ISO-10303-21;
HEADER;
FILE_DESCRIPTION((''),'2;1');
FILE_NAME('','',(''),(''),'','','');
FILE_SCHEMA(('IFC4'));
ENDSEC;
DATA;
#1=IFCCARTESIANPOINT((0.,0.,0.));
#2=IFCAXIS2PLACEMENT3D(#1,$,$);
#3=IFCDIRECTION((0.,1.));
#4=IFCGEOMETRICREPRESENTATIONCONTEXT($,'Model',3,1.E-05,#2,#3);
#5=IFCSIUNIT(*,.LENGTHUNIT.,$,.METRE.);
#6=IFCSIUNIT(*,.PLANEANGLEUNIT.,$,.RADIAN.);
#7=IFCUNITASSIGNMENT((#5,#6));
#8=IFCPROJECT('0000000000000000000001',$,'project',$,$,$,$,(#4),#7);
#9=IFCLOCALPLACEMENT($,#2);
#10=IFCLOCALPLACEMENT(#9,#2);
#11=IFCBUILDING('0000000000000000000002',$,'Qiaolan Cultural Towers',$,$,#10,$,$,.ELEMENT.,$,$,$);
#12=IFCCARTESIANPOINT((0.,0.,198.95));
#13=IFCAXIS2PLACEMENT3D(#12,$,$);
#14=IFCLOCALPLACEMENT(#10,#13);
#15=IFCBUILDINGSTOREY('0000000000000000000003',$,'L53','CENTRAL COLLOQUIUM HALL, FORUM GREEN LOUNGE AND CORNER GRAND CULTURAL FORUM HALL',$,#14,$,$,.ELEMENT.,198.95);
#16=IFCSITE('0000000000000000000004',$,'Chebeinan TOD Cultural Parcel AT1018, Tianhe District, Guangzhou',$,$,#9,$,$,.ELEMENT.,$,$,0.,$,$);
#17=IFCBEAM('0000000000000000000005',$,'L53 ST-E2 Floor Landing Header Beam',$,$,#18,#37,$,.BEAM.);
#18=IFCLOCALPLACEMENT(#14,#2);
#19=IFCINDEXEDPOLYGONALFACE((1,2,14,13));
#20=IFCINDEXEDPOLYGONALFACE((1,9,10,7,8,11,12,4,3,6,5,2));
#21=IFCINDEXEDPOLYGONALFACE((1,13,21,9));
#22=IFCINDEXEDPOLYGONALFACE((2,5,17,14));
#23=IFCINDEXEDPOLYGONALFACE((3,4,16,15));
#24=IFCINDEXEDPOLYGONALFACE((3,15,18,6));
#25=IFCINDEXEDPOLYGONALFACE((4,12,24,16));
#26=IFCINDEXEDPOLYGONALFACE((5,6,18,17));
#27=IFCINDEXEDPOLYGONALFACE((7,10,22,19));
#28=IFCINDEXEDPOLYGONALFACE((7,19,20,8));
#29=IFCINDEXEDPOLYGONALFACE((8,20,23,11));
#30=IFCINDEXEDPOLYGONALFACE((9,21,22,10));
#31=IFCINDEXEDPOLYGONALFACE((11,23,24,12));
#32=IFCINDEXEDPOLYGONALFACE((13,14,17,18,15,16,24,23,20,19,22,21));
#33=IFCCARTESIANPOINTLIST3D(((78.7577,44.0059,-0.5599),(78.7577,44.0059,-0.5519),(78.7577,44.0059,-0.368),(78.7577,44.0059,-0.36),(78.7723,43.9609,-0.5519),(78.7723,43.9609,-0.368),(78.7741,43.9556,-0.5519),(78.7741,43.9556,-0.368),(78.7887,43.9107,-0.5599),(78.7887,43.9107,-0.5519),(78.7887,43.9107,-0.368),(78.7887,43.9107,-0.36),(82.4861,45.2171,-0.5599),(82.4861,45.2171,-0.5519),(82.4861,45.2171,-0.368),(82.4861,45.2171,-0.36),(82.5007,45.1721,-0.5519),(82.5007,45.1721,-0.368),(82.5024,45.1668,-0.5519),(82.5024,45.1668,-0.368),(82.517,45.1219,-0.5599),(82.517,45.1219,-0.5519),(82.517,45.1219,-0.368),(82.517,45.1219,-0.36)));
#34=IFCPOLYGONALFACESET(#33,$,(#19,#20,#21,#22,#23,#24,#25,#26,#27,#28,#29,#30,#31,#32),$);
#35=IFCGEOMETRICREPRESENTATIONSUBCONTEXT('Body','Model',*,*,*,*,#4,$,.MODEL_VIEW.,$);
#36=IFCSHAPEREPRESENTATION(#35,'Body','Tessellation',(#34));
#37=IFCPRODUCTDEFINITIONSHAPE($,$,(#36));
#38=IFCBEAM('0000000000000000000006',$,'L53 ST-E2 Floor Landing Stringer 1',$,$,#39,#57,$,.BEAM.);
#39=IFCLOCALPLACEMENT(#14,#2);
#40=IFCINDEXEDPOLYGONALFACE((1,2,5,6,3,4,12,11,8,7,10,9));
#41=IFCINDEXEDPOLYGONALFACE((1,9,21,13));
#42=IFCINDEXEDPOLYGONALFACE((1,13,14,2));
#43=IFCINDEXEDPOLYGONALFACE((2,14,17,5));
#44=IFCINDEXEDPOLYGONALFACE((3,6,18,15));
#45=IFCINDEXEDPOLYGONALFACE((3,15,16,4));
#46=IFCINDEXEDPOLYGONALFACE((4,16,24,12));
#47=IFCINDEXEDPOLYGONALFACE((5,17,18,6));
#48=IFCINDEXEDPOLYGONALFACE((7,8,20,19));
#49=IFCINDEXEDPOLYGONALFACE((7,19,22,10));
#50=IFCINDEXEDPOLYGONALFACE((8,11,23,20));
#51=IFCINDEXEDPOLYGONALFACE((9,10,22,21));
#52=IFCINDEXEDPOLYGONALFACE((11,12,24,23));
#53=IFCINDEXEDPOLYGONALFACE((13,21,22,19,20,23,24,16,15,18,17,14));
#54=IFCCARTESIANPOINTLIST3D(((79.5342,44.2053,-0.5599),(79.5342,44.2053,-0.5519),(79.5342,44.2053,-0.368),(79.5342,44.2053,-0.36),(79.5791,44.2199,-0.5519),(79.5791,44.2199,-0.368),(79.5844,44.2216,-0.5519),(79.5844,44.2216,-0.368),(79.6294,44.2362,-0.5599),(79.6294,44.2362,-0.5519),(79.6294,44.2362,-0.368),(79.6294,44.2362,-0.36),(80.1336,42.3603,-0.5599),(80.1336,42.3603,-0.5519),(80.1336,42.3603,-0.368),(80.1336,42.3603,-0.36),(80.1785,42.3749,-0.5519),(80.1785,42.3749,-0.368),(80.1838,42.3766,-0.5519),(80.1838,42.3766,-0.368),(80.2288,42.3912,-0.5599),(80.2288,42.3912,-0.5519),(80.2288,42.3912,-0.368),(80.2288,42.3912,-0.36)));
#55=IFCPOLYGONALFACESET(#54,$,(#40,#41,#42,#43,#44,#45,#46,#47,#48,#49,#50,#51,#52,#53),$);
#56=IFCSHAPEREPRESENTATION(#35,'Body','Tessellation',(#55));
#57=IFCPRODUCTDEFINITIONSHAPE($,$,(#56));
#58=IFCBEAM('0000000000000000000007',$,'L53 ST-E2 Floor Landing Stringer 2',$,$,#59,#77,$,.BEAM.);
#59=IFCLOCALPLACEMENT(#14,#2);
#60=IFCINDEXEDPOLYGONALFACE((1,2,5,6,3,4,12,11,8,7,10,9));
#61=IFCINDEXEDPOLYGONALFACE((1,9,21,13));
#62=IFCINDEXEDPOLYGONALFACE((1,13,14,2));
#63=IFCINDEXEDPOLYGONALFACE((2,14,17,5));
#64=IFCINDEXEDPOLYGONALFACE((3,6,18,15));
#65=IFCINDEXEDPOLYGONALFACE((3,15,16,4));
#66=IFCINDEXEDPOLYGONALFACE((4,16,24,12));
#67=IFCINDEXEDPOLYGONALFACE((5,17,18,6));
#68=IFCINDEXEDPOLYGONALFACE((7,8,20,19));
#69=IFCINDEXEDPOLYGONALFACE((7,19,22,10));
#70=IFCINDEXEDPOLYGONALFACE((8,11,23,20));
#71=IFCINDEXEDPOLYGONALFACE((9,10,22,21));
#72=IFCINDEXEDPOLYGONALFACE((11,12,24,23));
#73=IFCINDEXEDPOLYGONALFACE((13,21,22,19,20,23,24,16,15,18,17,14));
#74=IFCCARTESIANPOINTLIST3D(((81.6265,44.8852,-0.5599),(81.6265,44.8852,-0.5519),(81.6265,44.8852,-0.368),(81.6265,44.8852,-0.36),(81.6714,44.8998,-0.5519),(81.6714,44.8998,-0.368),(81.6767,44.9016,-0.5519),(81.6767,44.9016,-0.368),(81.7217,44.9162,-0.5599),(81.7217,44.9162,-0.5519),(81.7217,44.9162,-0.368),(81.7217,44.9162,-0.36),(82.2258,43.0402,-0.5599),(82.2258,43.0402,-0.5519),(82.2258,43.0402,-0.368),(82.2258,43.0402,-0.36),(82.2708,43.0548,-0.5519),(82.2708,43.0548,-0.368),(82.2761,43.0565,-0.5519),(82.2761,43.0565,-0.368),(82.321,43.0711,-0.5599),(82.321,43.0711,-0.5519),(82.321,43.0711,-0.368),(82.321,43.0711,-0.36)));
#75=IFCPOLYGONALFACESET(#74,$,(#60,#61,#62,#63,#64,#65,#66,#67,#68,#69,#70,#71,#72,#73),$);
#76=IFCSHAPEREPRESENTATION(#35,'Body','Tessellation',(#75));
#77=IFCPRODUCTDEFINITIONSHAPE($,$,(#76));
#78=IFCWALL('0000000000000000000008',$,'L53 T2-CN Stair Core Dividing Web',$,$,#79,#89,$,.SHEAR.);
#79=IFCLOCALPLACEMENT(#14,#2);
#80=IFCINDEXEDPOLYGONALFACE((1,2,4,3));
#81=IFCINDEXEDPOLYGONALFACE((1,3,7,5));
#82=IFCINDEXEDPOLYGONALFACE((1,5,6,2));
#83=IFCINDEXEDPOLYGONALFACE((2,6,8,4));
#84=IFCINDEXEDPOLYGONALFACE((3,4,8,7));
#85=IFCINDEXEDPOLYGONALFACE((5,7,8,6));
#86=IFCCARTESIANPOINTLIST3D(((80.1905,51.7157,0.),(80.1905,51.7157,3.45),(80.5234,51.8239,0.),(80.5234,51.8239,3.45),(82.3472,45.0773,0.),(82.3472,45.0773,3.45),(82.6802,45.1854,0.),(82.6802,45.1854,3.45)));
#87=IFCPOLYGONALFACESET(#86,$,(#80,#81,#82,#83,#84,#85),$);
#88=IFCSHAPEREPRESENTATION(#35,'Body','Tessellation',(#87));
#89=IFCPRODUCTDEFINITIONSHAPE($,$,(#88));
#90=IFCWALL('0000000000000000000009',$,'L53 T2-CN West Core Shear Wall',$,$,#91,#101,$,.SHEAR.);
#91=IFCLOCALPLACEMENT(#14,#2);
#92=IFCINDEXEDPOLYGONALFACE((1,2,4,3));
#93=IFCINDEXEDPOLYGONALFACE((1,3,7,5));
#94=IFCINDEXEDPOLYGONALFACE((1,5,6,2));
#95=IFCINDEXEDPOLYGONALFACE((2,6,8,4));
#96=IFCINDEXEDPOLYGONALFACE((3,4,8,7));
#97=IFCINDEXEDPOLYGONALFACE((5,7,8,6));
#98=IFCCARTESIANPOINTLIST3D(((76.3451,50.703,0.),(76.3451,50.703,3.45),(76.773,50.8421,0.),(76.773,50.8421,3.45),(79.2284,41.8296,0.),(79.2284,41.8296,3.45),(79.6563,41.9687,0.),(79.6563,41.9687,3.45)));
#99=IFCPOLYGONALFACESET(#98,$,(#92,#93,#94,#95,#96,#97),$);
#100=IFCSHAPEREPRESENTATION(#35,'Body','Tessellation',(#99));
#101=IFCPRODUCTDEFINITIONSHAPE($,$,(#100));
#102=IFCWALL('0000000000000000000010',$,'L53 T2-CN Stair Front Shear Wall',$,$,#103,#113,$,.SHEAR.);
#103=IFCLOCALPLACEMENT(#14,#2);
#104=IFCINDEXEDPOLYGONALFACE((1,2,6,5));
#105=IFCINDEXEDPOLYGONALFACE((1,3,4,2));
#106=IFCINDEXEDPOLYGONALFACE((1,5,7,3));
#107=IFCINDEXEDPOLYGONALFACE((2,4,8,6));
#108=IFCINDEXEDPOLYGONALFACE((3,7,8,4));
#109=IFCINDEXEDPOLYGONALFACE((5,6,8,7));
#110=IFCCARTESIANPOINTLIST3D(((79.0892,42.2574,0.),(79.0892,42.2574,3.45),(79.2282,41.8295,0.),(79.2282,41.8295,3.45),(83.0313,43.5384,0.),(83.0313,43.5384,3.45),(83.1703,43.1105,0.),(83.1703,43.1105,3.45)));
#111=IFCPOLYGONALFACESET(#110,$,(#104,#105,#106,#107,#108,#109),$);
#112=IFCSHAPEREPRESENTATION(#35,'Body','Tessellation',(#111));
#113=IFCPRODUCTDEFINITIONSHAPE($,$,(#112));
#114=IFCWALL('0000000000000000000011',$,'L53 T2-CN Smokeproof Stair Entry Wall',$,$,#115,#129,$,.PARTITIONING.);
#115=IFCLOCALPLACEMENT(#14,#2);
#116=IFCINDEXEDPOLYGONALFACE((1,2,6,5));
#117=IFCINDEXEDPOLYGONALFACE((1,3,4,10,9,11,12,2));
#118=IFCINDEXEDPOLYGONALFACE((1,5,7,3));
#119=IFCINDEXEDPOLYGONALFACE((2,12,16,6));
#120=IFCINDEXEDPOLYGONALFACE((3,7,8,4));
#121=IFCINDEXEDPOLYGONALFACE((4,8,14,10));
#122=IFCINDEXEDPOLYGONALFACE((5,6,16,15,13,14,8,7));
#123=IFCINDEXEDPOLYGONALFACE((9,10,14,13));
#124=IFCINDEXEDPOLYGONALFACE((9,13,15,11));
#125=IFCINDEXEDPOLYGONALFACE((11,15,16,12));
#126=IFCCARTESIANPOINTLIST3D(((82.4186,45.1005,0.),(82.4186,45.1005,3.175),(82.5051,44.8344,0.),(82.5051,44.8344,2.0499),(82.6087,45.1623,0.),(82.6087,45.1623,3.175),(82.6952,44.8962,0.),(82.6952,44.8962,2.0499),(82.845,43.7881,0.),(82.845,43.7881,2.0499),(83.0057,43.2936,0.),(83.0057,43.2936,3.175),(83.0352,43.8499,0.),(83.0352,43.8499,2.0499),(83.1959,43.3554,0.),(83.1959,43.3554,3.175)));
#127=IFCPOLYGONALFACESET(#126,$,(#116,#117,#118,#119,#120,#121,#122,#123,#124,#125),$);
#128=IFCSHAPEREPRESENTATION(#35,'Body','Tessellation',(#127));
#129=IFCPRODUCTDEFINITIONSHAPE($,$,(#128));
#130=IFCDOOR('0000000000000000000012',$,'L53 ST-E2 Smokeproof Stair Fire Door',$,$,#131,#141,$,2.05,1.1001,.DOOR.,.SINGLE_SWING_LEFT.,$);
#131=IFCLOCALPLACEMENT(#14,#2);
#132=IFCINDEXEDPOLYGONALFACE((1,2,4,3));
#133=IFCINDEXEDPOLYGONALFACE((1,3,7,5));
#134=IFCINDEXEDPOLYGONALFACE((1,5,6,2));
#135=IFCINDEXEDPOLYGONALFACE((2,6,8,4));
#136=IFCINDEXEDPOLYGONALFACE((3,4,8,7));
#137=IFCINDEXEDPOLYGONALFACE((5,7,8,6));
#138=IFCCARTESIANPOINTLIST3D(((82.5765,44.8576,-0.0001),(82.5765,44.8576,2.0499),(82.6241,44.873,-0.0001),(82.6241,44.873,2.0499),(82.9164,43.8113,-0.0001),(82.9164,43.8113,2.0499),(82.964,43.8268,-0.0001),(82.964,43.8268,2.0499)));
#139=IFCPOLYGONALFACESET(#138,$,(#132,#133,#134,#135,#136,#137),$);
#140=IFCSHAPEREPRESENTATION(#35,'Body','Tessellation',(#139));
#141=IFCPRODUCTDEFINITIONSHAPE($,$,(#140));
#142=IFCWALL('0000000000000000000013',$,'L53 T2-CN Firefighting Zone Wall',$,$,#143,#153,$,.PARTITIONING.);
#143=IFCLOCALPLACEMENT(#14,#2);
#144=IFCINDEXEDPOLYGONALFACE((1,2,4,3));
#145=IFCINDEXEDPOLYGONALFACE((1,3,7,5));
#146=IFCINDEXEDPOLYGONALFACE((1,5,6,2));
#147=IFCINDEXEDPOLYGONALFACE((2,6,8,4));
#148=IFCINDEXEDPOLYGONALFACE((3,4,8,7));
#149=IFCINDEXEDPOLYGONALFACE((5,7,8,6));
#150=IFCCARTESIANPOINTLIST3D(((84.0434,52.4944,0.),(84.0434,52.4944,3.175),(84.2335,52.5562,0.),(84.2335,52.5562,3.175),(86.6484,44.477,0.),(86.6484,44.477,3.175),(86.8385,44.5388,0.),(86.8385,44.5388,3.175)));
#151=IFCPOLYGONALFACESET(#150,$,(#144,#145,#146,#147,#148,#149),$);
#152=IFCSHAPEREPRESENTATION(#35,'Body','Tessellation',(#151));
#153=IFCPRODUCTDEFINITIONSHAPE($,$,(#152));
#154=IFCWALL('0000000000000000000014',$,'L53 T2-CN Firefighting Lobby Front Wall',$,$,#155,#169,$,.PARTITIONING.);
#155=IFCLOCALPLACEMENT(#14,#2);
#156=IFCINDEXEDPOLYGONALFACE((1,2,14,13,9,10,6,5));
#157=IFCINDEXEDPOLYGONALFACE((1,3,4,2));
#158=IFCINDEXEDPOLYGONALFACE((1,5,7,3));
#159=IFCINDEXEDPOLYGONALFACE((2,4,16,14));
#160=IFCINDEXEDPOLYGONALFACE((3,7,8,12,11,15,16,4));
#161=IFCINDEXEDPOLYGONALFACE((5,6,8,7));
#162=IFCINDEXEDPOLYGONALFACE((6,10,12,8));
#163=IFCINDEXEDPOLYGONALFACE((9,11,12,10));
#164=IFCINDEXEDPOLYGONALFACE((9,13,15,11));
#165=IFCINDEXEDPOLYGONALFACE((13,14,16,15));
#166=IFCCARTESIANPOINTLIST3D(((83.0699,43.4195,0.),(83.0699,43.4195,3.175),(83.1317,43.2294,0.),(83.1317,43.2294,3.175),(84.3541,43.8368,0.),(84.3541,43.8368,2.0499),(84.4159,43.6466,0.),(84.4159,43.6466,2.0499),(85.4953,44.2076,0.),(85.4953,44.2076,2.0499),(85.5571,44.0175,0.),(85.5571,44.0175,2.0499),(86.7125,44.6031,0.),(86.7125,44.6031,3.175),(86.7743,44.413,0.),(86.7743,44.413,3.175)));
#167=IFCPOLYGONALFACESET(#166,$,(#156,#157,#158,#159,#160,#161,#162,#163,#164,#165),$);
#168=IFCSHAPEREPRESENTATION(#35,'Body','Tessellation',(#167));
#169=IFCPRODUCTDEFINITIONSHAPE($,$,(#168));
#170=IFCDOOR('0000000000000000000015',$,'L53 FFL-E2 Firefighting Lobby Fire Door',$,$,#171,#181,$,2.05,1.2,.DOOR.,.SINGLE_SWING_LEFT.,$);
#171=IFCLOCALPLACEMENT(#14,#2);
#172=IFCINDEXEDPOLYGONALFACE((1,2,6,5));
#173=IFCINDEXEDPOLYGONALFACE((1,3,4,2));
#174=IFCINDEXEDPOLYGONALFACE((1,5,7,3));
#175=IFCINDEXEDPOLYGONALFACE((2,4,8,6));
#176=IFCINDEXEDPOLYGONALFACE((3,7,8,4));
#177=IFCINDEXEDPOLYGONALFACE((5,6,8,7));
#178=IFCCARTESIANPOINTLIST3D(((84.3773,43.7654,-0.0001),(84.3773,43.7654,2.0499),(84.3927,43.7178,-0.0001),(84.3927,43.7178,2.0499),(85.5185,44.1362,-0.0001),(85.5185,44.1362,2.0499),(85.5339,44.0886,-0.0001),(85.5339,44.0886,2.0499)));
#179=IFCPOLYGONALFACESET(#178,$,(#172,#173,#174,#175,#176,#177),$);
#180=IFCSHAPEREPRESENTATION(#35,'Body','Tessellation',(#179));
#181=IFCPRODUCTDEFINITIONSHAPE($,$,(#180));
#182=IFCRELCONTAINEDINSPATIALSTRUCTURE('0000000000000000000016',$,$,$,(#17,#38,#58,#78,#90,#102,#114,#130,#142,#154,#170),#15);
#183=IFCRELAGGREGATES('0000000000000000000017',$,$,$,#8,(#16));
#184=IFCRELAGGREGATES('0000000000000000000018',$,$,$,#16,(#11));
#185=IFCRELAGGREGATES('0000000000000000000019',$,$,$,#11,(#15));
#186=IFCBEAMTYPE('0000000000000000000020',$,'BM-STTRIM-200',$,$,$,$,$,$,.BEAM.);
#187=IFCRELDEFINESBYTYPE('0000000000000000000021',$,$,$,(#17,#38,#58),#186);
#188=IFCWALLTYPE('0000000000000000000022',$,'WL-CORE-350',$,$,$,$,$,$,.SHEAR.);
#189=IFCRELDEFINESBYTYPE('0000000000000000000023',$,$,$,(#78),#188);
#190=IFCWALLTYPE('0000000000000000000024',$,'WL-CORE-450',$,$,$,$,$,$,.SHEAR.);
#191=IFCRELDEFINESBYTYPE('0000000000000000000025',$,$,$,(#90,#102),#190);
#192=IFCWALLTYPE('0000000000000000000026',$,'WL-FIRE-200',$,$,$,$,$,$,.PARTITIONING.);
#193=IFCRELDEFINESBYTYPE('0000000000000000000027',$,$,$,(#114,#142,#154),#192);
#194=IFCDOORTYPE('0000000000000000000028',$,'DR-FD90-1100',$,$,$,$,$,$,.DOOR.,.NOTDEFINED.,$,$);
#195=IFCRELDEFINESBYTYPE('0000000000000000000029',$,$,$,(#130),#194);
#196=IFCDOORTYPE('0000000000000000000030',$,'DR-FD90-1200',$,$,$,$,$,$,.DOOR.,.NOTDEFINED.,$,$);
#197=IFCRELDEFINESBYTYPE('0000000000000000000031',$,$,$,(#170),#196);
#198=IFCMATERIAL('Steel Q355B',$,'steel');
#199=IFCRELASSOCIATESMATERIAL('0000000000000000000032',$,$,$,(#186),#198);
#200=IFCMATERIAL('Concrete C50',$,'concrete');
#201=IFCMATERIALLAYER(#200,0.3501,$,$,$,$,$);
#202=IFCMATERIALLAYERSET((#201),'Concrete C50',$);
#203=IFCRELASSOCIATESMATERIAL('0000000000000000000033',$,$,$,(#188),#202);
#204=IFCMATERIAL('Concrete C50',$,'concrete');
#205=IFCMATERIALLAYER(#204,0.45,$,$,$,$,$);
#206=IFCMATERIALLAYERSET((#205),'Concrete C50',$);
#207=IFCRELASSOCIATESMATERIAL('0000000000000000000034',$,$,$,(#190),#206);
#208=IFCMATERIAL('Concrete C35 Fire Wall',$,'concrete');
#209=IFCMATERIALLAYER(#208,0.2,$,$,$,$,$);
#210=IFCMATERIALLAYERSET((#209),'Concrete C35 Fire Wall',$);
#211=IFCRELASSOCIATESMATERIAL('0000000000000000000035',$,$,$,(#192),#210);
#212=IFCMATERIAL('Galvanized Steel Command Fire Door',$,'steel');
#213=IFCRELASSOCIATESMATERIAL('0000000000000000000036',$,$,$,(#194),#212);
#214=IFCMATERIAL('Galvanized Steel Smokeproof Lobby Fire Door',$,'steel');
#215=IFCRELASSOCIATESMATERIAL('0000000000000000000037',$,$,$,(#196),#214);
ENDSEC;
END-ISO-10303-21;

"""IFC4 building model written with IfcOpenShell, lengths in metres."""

from ifc_helpers import new_model, si_unit, direction, frame, frame_2d, origin, origin_2d, place, context, subcontext, project, spatial, rectangle, i_section, extrude, material, layer, layer_set, material_profile, profile_set, type_object, element, fill, save


model = new_model("IFC4")

# Units and contexts
model_context = context("Model", 3, precision=1e-05, world=origin(), true_north=direction((0.0, 1.0)))
body_context = subcontext(model_context, "Body", "Model", "MODEL_VIEW")
ifc_project = project(units=[si_unit("LENGTHUNIT", "METRE"), si_unit("PLANEANGLEUNIT", "RADIAN")], contexts=[model_context])

# Site, building, storey
site_placement = place(None, origin())
site = spatial("IfcSite", under=ifc_project, at=site_placement, Name="Chebeinan TOD Cultural Parcel AT1018, Tianhe District, Guangzhou", CompositionType="ELEMENT", RefElevation=0.0)
building_placement = place(site_placement, origin())
building = spatial("IfcBuilding", under=site, at=building_placement, Name="Qiaolan Cultural Towers", CompositionType="ELEMENT")
storey_placement = place(building_placement, frame((0.0, 0.0, 198.95)))
storey = spatial("IfcBuildingStorey", under=building, at=storey_placement, Name="L53", Description="CENTRAL COLLOQUIUM HALL, FORUM GREEN LOUNGE AND CORNER GRAND CULTURAL FORUM HALL", CompositionType="ELEMENT", Elevation=198.95)

# Beams
ifc_material_1 = material(Name="Steel Q355B", Category="steel")
ifc_material_profile_1 = material_profile(ifc_material_1, i_section(OverallWidth=0.1001, OverallDepth=0.2, WebThickness=0.0056, FlangeThickness=0.0081, at=origin_2d()), Name="HN200x100x5.5x8")
ifc_profile_set_1 = profile_set([ifc_material_profile_1], Name="Steel Q355B")
beam_type_1 = type_object("IfcBeamType", Name="BM-STTRIM-200", PredefinedType="BEAM", material=ifc_profile_set_1)
beam_1_placement = place(storey_placement, frame((78.7732, 43.9583, -0.46), z_axis=(0.951072, 0.308969, 0.0), x_axis=(-0.308969, 0.951072, 0.0)))
element("IfcBeam", 1, at=beam_1_placement, inside=storey, type_object=beam_type_1, Name="L53 ST-E2 Floor Landing Header Beam", PredefinedType="BEAM", context=body_context, shape_type="SweptSolid", body=[
    extrude(i_section(OverallWidth=0.1001, OverallDepth=0.2, WebThickness=0.0056, FlangeThickness=0.0081, at=origin_2d()), origin(), (0.0, 0.0, 1.0), 3.9202),
])
for number, where, z_axis, x_axis, name in (
    (2, (80.1812, 42.3757, -0.46), (-0.308969, 0.951072, 0.0), (-0.951072, -0.308969, 0.0), "L53 ST-E2 Floor Landing Stringer 1"),
    (3, (82.2734, 43.0557, -0.46), (-0.308969, 0.951072, 0.0), (-0.951072, -0.308969, 0.0), "L53 ST-E2 Floor Landing Stringer 2"),
):
    element("IfcBeam", number, at=place(storey_placement, frame(where, z_axis=z_axis, x_axis=x_axis)), inside=storey, type_object=beam_type_1, Name=name, PredefinedType="BEAM", context=body_context, shape_type="SweptSolid", body=[
        extrude(i_section(OverallWidth=0.1001, OverallDepth=0.2, WebThickness=0.0056, FlangeThickness=0.0081, at=origin_2d()), origin(), (0.0, 0.0, 1.0), 1.9399),
    ])

# Walls
ifc_material_2 = material(Name="Concrete C50", Category="concrete")
ifc_layer_1 = layer(ifc_material_2, 0.3501)
ifc_layer_set_1 = layer_set([ifc_layer_1], Name="Concrete C50")
wall_type_1 = type_object("IfcWallType", Name="WL-CORE-350", PredefinedType="SHEAR", material=ifc_layer_set_1)
wall_1_placement = place(storey_placement, frame((82.5137, 45.1313, 0.0), z_axis=(0.0, 0.0, 1.0), x_axis=(-0.308989, 0.951066, 0.0)))
element("IfcWall", 4, at=wall_1_placement, inside=storey, type_object=wall_type_1, Name="L53 T2-CN Stair Core Dividing Web", PredefinedType="SHEAR", context=body_context, shape_type="SweptSolid", body=[
    extrude(rectangle(XDim=6.98, YDim=0.3501, at=frame_2d((3.49, 0.0))), origin(), (0.0, 0.0, 1.0), 3.45),
])
ifc_material_3 = material(Name="Concrete C50", Category="concrete")
ifc_layer_2 = layer(ifc_material_3, 0.45)
ifc_layer_set_2 = layer_set([ifc_layer_2], Name="Concrete C50")
wall_type_2 = type_object("IfcWallType", Name="WL-CORE-450", PredefinedType="SHEAR", material=ifc_layer_set_2)
wall_2_placement = place(storey_placement, frame((79.4424, 41.8992, 0.0), z_axis=(0.0, 0.0, 1.0), x_axis=(-0.309036, 0.95105, 0.0)))
element("IfcWall", 5, at=wall_2_placement, inside=storey, type_object=wall_type_2, Name="L53 T2-CN West Core Shear Wall", PredefinedType="SHEAR", context=body_context, shape_type="SweptSolid", body=[
    extrude(rectangle(XDim=9.3301, YDim=0.45, at=frame_2d((4.665, 0.0))), origin(), (0.0, 0.0, 1.0), 3.45),
])
wall_3_placement = place(storey_placement, frame((79.1587, 42.0435, 0.0), z_axis=(0.0, 0.0, 1.0), x_axis=(0.951047, 0.309045, 0.0)))
element("IfcWall", 6, at=wall_3_placement, inside=storey, type_object=wall_type_2, Name="L53 T2-CN Stair Front Shear Wall", PredefinedType="SHEAR", context=body_context, shape_type="SweptSolid", body=[
    extrude(rectangle(XDim=4.145, YDim=0.45, at=frame_2d((2.0725, 0.0))), origin(), (0.0, 0.0, 1.0), 3.45),
])

# Wall, opening, door
ifc_material_4 = material(Name="Concrete C35 Fire Wall", Category="concrete")
ifc_layer_3 = layer(ifc_material_4, 0.2)
ifc_layer_set_3 = layer_set([ifc_layer_3], Name="Concrete C35 Fire Wall")
wall_type_3 = type_object("IfcWallType", Name="WL-FIRE-200", PredefinedType="PARTITIONING", material=ifc_layer_set_3)
wall_4_placement = place(storey_placement, frame((83.1008, 43.3245, 0.0), z_axis=(0.0, 0.0, 1.0), x_axis=(-0.309048, 0.951046, 0.0)))
wall_4 = element("IfcWall", 7, at=wall_4_placement, inside=storey, type_object=wall_type_3, Name="L53 T2-CN Smokeproof Stair Entry Wall", PredefinedType="PARTITIONING", context=body_context, shape_type="SweptSolid", body=[
    extrude(rectangle(XDim=1.8999, YDim=0.2, at=frame_2d((0.95, 0.0))), origin(), (0.0, 0.0, 1.0), 3.175),
])
opening_1_placement = place(wall_4_placement, frame((0.52, 0.0, 0.0)))
opening_1 = element("IfcOpeningElement", 8, at=opening_1_placement, cuts=wall_4, PredefinedType="OPENING", context=body_context, shape_type="SweptSolid", body=[
    extrude(rectangle(XDim=1.1001, YDim=2.05, at=frame_2d((0.55, 1.0249))), frame((0.0, 0.1099, 0.0), z_axis=(0.0, -1.0, 0.0), x_axis=(1.0, 0.0, 0.0)), (0.0, 0.0, 1.0), 0.22),
])
ifc_material_5 = material(Name="Galvanized Steel Command Fire Door", Category="steel")
door_type_1 = type_object("IfcDoorType", Name="DR-FD90-1100", OperationType="NOTDEFINED", PredefinedType="DOOR", material=ifc_material_5)
door_1_placement = place(opening_1_placement, origin())
door_1 = element("IfcDoor", 9, at=door_1_placement, inside=storey, type_object=door_type_1, Name="L53 ST-E2 Smokeproof Stair Fire Door", OperationType="SINGLE_SWING_LEFT", OverallHeight=2.05, OverallWidth=1.1001, PredefinedType="DOOR", context=body_context, shape_type="SweptSolid", body=[
    extrude(rectangle(XDim=1.1001, YDim=2.05, at=frame_2d((0.55, 1.0249))), frame((0.0, 0.0249, 0.0), z_axis=(0.0, -1.0, 0.0), x_axis=(1.0, 0.0, 0.0)), (0.0, 0.0, 1.0), 0.05),
])
fill(opening_1, door_1)

# Wall
wall_5_placement = place(storey_placement, frame((86.7434, 44.5081, 0.0), z_axis=(0.0, 0.0, 1.0), x_axis=(-0.309016, 0.951057, 0.0)))
element("IfcWall", 10, at=wall_5_placement, inside=storey, type_object=wall_type_3, Name="L53 T2-CN Firefighting Zone Wall", PredefinedType="PARTITIONING", context=body_context, shape_type="SweptSolid", body=[
    extrude(rectangle(XDim=8.4299, YDim=0.2, at=frame_2d((4.2148, 0.0))), origin(), (0.0, 0.0, 1.0), 3.175),
])

# Wall, opening, door
wall_6_placement = place(storey_placement, frame((83.1008, 43.3245, 0.0), z_axis=(0.0, 0.0, 1.0), x_axis=(0.951053, 0.309028, 0.0)))
wall_6 = element("IfcWall", 11, at=wall_6_placement, inside=storey, type_object=wall_type_3, Name="L53 T2-CN Firefighting Lobby Front Wall", PredefinedType="PARTITIONING", context=body_context, shape_type="SweptSolid", body=[
    extrude(rectangle(XDim=3.8301, YDim=0.2, at=frame_2d((1.915, 0.0))), origin(), (0.0, 0.0, 1.0), 3.175),
])
opening_2_placement = place(wall_6_placement, frame((1.3501, 0.0, 0.0)))
opening_2 = element("IfcOpeningElement", 12, at=opening_2_placement, cuts=wall_6, PredefinedType="OPENING", context=body_context, shape_type="SweptSolid", body=[
    extrude(rectangle(XDim=1.2, YDim=2.05, at=frame_2d((0.6001, 1.0249))), frame((0.0, 0.1099, 0.0), z_axis=(0.0, -1.0, 0.0), x_axis=(1.0, 0.0, 0.0)), (0.0, 0.0, 1.0), 0.22),
])
ifc_material_6 = material(Name="Galvanized Steel Smokeproof Lobby Fire Door", Category="steel")
door_type_2 = type_object("IfcDoorType", Name="DR-FD90-1200", OperationType="NOTDEFINED", PredefinedType="DOOR", material=ifc_material_6)
door_2_placement = place(opening_2_placement, origin())
door_2 = element("IfcDoor", 13, at=door_2_placement, inside=storey, type_object=door_type_2, Name="L53 FFL-E2 Firefighting Lobby Fire Door", OperationType="SINGLE_SWING_LEFT", OverallHeight=2.05, OverallWidth=1.2, PredefinedType="DOOR", context=body_context, shape_type="SweptSolid", body=[
    extrude(rectangle(XDim=1.2, YDim=2.05, at=frame_2d((0.6001, 1.0249))), frame((0.0, 0.0249, 0.0), z_axis=(0.0, -1.0, 0.0), x_axis=(1.0, 0.0, 0.0)), (0.0, 0.0, 1.0), 0.05),
])
fill(opening_2, door_2)

save(model, "model.ifc")
